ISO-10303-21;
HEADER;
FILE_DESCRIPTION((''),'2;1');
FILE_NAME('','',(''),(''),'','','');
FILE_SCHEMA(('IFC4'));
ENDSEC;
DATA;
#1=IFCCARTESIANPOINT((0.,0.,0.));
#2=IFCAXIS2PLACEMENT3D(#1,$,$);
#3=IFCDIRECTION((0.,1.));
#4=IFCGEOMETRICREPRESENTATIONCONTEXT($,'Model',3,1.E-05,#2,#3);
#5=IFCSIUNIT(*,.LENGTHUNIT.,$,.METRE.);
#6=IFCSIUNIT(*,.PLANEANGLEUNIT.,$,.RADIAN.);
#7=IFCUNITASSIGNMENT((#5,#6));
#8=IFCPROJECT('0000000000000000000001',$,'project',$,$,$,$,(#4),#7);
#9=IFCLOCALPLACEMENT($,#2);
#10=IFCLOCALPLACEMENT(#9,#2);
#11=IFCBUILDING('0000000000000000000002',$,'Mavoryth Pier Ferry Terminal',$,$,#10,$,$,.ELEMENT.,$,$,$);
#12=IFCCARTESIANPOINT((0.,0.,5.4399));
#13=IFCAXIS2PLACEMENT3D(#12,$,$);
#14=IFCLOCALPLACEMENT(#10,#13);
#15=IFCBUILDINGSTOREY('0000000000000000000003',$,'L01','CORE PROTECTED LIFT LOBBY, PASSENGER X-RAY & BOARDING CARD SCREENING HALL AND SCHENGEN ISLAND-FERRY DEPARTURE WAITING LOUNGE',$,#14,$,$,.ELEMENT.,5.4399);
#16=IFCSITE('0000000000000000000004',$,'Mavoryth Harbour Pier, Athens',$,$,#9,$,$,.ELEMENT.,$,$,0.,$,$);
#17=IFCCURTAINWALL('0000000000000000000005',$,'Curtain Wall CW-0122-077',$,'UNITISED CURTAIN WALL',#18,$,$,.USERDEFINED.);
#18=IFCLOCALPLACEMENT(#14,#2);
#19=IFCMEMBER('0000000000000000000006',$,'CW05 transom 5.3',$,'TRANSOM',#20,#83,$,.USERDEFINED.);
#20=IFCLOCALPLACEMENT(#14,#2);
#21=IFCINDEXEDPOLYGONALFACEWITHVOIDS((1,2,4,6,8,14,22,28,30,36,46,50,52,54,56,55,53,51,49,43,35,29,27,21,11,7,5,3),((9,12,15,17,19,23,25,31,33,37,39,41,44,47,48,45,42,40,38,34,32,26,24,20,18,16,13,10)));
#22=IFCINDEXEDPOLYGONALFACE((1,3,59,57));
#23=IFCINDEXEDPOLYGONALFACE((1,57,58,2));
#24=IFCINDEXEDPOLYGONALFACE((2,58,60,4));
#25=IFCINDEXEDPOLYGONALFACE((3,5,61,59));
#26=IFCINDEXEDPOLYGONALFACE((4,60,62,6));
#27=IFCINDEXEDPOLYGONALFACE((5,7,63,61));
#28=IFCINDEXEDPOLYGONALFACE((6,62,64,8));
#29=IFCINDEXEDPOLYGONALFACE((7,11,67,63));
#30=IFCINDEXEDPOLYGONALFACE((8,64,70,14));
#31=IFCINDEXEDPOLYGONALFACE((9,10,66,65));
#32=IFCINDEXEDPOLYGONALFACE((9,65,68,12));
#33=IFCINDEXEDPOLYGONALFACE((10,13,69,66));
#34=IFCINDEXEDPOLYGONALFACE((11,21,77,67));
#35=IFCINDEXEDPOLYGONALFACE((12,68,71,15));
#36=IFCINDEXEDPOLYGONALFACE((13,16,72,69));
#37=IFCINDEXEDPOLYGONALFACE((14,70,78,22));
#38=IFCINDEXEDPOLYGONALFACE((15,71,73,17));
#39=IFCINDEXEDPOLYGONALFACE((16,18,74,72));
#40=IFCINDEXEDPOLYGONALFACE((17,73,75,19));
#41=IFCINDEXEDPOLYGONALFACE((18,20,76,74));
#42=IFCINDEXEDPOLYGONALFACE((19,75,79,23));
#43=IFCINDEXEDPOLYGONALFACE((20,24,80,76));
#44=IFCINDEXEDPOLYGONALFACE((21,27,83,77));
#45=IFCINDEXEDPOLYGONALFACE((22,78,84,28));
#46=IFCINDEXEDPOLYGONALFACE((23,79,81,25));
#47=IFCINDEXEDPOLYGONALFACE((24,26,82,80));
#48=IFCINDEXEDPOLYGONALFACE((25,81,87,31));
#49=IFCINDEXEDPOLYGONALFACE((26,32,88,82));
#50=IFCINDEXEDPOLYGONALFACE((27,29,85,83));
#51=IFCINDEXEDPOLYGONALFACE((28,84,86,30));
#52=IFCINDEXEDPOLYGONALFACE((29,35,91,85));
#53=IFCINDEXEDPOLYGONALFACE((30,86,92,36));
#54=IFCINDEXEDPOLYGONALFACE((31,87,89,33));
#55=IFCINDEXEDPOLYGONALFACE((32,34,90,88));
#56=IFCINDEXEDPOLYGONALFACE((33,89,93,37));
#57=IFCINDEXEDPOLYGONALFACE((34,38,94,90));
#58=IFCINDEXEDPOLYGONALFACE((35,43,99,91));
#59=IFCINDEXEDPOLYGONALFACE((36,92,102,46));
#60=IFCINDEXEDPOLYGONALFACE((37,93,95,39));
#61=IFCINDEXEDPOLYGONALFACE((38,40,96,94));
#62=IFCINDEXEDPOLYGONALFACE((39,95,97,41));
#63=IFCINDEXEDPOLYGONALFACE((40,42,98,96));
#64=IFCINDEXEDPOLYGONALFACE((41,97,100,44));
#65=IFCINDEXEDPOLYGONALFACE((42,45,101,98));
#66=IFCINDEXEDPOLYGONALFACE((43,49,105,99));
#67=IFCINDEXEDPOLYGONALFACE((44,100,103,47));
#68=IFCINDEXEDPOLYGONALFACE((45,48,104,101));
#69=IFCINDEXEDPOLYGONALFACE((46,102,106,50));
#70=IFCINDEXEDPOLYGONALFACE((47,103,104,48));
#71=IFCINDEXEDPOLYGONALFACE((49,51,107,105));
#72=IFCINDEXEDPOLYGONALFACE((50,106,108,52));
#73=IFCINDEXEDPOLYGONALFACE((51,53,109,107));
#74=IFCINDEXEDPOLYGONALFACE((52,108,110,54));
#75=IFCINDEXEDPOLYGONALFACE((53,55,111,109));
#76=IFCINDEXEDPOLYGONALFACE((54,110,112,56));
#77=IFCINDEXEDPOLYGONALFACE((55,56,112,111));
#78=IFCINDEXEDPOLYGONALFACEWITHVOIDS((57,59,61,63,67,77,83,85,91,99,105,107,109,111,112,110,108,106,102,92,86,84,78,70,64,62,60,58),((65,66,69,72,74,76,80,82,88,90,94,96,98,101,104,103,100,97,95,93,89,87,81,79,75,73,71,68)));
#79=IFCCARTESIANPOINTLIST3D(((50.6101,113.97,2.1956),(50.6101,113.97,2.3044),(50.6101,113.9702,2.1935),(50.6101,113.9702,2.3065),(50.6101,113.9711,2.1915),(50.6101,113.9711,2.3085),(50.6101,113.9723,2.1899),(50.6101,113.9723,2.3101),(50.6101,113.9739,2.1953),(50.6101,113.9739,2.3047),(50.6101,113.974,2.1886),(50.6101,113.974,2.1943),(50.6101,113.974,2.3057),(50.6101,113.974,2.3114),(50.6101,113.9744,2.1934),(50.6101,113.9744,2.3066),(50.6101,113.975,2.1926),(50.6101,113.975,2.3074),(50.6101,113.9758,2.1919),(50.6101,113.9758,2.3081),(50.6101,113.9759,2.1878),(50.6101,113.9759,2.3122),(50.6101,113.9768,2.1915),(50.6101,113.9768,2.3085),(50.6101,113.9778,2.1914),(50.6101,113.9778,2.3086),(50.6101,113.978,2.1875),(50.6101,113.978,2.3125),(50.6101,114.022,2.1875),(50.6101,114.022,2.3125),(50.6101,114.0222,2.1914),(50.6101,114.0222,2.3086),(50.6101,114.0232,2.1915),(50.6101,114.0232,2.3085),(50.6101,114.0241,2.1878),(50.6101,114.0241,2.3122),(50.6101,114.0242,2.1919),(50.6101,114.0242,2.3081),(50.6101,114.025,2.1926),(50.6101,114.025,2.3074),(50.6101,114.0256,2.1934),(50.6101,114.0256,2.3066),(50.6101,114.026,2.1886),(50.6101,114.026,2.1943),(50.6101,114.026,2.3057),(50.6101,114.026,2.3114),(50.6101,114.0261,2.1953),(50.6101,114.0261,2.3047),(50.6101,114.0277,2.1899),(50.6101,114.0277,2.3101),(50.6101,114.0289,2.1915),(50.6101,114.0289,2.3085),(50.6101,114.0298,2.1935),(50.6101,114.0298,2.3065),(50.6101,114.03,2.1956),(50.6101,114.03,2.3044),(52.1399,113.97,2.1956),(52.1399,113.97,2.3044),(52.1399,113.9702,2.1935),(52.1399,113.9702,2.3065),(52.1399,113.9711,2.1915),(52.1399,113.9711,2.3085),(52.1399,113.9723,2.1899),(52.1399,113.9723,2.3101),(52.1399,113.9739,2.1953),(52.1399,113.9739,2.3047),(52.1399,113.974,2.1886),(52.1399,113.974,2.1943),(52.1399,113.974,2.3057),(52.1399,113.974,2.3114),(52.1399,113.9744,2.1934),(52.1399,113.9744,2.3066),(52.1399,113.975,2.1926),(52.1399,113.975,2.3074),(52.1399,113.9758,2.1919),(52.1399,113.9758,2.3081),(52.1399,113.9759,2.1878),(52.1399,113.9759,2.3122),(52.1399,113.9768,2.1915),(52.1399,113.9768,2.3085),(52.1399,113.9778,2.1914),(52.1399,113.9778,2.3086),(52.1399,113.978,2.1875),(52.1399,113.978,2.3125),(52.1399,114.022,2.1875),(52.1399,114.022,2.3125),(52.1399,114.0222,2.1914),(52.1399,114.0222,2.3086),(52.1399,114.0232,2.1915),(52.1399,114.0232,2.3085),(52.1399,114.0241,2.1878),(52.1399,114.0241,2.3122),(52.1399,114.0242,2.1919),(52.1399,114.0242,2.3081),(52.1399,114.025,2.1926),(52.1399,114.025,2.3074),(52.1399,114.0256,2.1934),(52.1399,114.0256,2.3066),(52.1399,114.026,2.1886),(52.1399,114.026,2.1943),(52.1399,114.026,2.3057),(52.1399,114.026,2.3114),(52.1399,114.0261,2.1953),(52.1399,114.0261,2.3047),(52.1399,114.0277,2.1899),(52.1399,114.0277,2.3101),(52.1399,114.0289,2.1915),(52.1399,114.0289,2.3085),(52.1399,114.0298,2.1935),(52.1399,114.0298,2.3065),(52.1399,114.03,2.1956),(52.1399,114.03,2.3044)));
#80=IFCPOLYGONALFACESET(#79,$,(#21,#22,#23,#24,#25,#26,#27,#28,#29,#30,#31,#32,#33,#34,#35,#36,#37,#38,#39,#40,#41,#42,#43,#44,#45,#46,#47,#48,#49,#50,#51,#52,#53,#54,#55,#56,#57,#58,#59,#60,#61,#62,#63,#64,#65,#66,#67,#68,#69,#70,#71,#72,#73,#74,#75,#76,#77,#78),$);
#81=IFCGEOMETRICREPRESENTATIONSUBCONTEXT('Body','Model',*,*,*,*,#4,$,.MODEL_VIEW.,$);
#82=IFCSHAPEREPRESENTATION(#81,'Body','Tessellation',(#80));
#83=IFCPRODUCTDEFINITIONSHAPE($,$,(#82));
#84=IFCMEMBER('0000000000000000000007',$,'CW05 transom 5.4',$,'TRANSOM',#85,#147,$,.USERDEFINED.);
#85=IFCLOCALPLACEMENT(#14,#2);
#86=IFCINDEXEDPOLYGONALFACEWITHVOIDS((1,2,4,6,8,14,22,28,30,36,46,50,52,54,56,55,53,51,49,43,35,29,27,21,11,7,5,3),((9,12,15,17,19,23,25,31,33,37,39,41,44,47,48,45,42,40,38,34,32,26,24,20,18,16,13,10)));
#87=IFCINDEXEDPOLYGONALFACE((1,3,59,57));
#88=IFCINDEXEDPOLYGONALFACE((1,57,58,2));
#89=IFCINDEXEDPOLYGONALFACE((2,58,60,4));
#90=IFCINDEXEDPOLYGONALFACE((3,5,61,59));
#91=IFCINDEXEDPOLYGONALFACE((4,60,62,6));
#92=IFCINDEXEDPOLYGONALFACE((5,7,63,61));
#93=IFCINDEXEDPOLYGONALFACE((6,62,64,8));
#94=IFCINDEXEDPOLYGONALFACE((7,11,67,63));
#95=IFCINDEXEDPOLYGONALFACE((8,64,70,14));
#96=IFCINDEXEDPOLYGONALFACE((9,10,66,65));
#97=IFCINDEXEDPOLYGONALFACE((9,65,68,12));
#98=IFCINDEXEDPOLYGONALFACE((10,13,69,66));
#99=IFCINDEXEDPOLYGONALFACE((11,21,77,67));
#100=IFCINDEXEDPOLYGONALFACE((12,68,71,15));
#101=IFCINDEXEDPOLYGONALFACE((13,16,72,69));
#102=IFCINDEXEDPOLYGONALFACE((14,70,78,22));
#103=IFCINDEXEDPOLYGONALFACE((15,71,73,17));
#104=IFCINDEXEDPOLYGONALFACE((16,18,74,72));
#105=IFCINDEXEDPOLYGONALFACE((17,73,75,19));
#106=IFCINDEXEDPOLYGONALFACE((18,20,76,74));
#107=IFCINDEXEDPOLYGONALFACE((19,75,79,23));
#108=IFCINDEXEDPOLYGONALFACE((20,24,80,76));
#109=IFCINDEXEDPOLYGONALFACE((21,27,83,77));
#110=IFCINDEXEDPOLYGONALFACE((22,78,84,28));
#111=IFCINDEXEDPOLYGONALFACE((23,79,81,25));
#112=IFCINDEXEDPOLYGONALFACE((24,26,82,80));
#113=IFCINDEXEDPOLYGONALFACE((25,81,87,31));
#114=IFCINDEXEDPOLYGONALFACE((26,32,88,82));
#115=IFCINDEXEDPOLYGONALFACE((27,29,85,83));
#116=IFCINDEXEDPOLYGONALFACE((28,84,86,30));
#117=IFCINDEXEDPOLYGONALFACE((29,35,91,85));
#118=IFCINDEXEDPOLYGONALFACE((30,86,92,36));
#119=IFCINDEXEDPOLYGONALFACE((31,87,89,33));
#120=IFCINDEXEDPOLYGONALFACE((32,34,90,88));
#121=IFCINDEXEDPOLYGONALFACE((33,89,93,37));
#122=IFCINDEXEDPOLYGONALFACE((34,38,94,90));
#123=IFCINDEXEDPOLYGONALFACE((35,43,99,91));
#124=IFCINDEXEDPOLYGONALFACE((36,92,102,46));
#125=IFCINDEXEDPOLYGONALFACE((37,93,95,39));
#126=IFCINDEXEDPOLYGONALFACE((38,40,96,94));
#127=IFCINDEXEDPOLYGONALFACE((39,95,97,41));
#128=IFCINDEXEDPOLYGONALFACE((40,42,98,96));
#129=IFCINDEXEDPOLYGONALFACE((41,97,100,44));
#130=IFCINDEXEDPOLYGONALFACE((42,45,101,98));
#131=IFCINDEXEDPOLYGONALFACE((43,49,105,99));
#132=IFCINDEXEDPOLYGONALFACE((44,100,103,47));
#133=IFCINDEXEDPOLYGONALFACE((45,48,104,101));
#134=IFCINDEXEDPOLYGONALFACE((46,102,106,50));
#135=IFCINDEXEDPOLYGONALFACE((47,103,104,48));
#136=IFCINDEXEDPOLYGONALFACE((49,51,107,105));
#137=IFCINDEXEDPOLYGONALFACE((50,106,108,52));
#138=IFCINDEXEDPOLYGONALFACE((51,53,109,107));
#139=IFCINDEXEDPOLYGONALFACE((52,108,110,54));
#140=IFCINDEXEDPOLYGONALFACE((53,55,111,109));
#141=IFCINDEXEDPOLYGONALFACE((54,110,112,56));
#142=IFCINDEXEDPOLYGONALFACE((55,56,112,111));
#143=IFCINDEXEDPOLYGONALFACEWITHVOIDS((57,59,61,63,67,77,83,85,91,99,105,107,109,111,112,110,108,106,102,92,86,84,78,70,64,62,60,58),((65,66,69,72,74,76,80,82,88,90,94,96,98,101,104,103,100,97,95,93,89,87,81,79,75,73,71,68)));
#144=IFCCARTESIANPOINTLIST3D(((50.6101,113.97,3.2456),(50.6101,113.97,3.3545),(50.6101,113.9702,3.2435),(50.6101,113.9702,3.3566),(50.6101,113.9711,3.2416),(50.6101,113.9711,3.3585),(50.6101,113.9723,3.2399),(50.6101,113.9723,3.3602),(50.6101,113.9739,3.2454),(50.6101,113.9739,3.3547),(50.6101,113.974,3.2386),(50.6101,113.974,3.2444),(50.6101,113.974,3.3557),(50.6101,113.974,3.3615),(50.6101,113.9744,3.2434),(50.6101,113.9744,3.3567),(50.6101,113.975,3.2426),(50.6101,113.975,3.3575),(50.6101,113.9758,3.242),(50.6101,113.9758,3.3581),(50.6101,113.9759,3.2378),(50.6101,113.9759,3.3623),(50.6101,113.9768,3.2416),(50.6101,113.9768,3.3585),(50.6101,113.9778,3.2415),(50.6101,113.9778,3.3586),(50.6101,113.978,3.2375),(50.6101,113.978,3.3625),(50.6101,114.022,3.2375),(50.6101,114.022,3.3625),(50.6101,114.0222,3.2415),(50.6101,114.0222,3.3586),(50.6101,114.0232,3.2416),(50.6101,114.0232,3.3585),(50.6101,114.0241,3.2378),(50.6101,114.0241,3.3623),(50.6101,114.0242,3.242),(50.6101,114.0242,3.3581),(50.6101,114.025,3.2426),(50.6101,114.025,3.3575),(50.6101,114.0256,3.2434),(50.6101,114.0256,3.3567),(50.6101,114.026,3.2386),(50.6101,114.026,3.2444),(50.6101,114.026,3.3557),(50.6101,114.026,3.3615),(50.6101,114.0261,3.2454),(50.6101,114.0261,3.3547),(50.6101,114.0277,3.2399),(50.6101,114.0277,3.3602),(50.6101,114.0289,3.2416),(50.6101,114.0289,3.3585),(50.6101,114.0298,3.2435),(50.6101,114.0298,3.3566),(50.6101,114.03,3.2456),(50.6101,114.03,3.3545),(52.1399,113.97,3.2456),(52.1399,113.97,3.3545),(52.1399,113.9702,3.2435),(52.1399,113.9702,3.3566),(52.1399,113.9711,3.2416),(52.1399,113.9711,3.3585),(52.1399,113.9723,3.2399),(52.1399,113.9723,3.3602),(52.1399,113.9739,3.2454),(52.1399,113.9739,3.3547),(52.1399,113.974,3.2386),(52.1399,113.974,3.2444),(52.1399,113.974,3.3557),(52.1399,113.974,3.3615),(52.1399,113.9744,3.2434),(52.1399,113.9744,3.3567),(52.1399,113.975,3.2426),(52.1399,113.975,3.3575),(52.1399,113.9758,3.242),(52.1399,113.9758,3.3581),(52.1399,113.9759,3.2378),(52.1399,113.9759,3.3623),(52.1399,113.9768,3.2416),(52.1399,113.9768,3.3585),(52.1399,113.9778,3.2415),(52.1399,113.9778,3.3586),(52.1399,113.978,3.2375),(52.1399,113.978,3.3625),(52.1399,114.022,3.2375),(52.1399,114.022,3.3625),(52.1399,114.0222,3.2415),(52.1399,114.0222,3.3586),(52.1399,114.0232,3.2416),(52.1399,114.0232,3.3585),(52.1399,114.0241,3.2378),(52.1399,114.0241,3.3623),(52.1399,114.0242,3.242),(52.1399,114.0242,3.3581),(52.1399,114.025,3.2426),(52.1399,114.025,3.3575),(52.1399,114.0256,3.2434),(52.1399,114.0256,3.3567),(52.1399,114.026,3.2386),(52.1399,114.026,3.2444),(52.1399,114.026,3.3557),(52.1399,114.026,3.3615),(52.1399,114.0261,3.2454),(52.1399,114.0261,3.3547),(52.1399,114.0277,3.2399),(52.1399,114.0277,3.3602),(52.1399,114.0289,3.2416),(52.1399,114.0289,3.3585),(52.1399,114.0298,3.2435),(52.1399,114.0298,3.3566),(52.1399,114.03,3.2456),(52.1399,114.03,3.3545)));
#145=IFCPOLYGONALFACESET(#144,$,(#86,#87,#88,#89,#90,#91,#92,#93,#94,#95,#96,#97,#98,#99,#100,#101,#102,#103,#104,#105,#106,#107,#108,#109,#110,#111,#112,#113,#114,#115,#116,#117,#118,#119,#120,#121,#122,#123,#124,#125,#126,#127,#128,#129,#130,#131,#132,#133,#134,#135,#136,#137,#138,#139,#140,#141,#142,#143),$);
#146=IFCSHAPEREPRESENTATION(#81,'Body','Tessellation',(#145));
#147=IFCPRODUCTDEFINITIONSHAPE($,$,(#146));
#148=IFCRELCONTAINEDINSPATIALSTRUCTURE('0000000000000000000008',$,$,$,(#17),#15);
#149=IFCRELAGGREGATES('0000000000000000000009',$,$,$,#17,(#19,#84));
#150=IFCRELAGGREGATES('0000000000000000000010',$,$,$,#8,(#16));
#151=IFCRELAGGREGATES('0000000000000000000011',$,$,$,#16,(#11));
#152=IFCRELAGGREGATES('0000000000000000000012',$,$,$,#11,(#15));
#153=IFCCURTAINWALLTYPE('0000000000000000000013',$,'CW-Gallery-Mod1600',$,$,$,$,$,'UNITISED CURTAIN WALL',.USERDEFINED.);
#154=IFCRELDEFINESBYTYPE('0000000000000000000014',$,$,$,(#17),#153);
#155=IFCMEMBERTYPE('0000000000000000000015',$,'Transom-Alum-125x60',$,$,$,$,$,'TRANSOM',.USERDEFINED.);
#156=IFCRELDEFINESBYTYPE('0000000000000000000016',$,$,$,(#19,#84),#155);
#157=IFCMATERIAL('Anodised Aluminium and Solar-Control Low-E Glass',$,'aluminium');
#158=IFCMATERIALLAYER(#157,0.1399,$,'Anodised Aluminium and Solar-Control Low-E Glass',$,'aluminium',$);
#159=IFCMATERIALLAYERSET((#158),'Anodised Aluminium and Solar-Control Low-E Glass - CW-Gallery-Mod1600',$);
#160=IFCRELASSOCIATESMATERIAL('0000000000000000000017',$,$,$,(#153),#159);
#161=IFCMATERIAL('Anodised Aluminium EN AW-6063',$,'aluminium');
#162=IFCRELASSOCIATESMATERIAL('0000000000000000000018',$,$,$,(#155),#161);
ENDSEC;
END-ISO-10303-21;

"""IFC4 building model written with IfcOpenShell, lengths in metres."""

from ifc_helpers import new_model, si_unit, direction, frame, origin, origin_2d, place, context, subcontext, project, spatial, hollow_rectangle, extrude, material, layer, layer_set, material_profile, profile_set, type_object, element, aggregate, save


model = new_model("IFC4")

# Units and contexts
model_context = context("Model", 3, precision=1e-05, world=origin(), true_north=direction((0.0, 1.0)))
body_context = subcontext(model_context, "Body", "Model", "MODEL_VIEW")
ifc_project = project(units=[si_unit("LENGTHUNIT", "METRE"), si_unit("PLANEANGLEUNIT", "RADIAN")], contexts=[model_context])

# Site, building, storey
site_placement = place(None, origin())
site = spatial("IfcSite", under=ifc_project, at=site_placement, Name="Mavoryth Harbour Pier, Athens", CompositionType="ELEMENT", RefElevation=0.0)
building_placement = place(site_placement, origin())
building = spatial("IfcBuilding", under=site, at=building_placement, Name="Mavoryth Pier Ferry Terminal", CompositionType="ELEMENT")
storey_placement = place(building_placement, frame((0.0, 0.0, 5.4399)))
storey = spatial("IfcBuildingStorey", under=building, at=storey_placement, Name="L01", Description="CORE PROTECTED LIFT LOBBY, PASSENGER X-RAY & BOARDING CARD SCREENING HALL AND SCHENGEN ISLAND-FERRY DEPARTURE WAITING LOUNGE", CompositionType="ELEMENT", Elevation=5.4399)

# Curtain wall
ifc_material_1 = material(Name="Anodised Aluminium and Solar-Control Low-E Glass", Category="aluminium")
ifc_layer_1 = layer(ifc_material_1, 0.1399, Name="Anodised Aluminium and Solar-Control Low-E Glass", Category="aluminium")
ifc_layer_set_1 = layer_set([ifc_layer_1], Name="Anodised Aluminium and Solar-Control Low-E Glass - CW-Gallery-Mod1600")
curtain_wall_type = type_object("IfcCurtainWallType", Name="CW-Gallery-Mod1600", ElementType="UNITISED CURTAIN WALL", PredefinedType="USERDEFINED", material=ifc_layer_set_1)
curtain_wall_1_placement = place(storey_placement, origin())
curtain_wall_1 = element("IfcCurtainWall", 1, at=curtain_wall_1_placement, inside=storey, type_object=curtain_wall_type, Name="Curtain Wall CW-0122-077", ObjectType="UNITISED CURTAIN WALL", PredefinedType="USERDEFINED")
ifc_material_2 = material(Name="Anodised Aluminium EN AW-6063", Category="aluminium")

# Members
ifc_material_profile_1 = material_profile(ifc_material_2, hollow_rectangle(XDim=0.0601, YDim=0.125, WallThickness=0.0039, InnerFilletRadius=0.0039, OuterFilletRadius=0.0081, at=origin_2d()), Name="AL-TRAN 125x60x4", Category="aluminium")
ifc_profile_set_1 = profile_set([ifc_material_profile_1], Name="Anodised Aluminium EN AW-6063 - AL-TRAN 125x60x4")
member_type_1 = type_object("IfcMemberType", Name="Transom-Alum-125x60", ElementType="TRANSOM", PredefinedType="USERDEFINED", material=ifc_profile_set_1)
member_1_placement = place(storey_placement, frame((52.1399, 114.0, 2.25), z_axis=(-1.0, 0.0, 0.0), x_axis=(0.0, -1.0, 0.0)))
member_1 = element("IfcMember", 2, at=member_1_placement, type_object=member_type_1, Name="CW05 transom 5.3", ObjectType="TRANSOM", PredefinedType="USERDEFINED", context=body_context, shape_type="SweptSolid", body=[
    extrude(hollow_rectangle(XDim=0.0601, YDim=0.125, WallThickness=0.0039, InnerFilletRadius=0.0039, OuterFilletRadius=0.0081, at=origin_2d()), origin(), (0.0, 0.0, 1.0), 1.5298),
])
member_2_placement = place(storey_placement, frame((52.1399, 114.0, 3.3), z_axis=(-1.0, 0.0, 0.0), x_axis=(0.0, -1.0, 0.0)))
member_2 = element("IfcMember", 3, at=member_2_placement, type_object=member_type_1, Name="CW05 transom 5.4", ObjectType="TRANSOM", PredefinedType="USERDEFINED", context=body_context, shape_type="SweptSolid", body=[
    extrude(hollow_rectangle(XDim=0.0601, YDim=0.125, WallThickness=0.0039, InnerFilletRadius=0.0039, OuterFilletRadius=0.0081, at=origin_2d()), origin(), (0.0, 0.0, 1.0), 1.5298),
])

aggregate(curtain_wall_1, [member_1, member_2])

save(model, "model.ifc")
